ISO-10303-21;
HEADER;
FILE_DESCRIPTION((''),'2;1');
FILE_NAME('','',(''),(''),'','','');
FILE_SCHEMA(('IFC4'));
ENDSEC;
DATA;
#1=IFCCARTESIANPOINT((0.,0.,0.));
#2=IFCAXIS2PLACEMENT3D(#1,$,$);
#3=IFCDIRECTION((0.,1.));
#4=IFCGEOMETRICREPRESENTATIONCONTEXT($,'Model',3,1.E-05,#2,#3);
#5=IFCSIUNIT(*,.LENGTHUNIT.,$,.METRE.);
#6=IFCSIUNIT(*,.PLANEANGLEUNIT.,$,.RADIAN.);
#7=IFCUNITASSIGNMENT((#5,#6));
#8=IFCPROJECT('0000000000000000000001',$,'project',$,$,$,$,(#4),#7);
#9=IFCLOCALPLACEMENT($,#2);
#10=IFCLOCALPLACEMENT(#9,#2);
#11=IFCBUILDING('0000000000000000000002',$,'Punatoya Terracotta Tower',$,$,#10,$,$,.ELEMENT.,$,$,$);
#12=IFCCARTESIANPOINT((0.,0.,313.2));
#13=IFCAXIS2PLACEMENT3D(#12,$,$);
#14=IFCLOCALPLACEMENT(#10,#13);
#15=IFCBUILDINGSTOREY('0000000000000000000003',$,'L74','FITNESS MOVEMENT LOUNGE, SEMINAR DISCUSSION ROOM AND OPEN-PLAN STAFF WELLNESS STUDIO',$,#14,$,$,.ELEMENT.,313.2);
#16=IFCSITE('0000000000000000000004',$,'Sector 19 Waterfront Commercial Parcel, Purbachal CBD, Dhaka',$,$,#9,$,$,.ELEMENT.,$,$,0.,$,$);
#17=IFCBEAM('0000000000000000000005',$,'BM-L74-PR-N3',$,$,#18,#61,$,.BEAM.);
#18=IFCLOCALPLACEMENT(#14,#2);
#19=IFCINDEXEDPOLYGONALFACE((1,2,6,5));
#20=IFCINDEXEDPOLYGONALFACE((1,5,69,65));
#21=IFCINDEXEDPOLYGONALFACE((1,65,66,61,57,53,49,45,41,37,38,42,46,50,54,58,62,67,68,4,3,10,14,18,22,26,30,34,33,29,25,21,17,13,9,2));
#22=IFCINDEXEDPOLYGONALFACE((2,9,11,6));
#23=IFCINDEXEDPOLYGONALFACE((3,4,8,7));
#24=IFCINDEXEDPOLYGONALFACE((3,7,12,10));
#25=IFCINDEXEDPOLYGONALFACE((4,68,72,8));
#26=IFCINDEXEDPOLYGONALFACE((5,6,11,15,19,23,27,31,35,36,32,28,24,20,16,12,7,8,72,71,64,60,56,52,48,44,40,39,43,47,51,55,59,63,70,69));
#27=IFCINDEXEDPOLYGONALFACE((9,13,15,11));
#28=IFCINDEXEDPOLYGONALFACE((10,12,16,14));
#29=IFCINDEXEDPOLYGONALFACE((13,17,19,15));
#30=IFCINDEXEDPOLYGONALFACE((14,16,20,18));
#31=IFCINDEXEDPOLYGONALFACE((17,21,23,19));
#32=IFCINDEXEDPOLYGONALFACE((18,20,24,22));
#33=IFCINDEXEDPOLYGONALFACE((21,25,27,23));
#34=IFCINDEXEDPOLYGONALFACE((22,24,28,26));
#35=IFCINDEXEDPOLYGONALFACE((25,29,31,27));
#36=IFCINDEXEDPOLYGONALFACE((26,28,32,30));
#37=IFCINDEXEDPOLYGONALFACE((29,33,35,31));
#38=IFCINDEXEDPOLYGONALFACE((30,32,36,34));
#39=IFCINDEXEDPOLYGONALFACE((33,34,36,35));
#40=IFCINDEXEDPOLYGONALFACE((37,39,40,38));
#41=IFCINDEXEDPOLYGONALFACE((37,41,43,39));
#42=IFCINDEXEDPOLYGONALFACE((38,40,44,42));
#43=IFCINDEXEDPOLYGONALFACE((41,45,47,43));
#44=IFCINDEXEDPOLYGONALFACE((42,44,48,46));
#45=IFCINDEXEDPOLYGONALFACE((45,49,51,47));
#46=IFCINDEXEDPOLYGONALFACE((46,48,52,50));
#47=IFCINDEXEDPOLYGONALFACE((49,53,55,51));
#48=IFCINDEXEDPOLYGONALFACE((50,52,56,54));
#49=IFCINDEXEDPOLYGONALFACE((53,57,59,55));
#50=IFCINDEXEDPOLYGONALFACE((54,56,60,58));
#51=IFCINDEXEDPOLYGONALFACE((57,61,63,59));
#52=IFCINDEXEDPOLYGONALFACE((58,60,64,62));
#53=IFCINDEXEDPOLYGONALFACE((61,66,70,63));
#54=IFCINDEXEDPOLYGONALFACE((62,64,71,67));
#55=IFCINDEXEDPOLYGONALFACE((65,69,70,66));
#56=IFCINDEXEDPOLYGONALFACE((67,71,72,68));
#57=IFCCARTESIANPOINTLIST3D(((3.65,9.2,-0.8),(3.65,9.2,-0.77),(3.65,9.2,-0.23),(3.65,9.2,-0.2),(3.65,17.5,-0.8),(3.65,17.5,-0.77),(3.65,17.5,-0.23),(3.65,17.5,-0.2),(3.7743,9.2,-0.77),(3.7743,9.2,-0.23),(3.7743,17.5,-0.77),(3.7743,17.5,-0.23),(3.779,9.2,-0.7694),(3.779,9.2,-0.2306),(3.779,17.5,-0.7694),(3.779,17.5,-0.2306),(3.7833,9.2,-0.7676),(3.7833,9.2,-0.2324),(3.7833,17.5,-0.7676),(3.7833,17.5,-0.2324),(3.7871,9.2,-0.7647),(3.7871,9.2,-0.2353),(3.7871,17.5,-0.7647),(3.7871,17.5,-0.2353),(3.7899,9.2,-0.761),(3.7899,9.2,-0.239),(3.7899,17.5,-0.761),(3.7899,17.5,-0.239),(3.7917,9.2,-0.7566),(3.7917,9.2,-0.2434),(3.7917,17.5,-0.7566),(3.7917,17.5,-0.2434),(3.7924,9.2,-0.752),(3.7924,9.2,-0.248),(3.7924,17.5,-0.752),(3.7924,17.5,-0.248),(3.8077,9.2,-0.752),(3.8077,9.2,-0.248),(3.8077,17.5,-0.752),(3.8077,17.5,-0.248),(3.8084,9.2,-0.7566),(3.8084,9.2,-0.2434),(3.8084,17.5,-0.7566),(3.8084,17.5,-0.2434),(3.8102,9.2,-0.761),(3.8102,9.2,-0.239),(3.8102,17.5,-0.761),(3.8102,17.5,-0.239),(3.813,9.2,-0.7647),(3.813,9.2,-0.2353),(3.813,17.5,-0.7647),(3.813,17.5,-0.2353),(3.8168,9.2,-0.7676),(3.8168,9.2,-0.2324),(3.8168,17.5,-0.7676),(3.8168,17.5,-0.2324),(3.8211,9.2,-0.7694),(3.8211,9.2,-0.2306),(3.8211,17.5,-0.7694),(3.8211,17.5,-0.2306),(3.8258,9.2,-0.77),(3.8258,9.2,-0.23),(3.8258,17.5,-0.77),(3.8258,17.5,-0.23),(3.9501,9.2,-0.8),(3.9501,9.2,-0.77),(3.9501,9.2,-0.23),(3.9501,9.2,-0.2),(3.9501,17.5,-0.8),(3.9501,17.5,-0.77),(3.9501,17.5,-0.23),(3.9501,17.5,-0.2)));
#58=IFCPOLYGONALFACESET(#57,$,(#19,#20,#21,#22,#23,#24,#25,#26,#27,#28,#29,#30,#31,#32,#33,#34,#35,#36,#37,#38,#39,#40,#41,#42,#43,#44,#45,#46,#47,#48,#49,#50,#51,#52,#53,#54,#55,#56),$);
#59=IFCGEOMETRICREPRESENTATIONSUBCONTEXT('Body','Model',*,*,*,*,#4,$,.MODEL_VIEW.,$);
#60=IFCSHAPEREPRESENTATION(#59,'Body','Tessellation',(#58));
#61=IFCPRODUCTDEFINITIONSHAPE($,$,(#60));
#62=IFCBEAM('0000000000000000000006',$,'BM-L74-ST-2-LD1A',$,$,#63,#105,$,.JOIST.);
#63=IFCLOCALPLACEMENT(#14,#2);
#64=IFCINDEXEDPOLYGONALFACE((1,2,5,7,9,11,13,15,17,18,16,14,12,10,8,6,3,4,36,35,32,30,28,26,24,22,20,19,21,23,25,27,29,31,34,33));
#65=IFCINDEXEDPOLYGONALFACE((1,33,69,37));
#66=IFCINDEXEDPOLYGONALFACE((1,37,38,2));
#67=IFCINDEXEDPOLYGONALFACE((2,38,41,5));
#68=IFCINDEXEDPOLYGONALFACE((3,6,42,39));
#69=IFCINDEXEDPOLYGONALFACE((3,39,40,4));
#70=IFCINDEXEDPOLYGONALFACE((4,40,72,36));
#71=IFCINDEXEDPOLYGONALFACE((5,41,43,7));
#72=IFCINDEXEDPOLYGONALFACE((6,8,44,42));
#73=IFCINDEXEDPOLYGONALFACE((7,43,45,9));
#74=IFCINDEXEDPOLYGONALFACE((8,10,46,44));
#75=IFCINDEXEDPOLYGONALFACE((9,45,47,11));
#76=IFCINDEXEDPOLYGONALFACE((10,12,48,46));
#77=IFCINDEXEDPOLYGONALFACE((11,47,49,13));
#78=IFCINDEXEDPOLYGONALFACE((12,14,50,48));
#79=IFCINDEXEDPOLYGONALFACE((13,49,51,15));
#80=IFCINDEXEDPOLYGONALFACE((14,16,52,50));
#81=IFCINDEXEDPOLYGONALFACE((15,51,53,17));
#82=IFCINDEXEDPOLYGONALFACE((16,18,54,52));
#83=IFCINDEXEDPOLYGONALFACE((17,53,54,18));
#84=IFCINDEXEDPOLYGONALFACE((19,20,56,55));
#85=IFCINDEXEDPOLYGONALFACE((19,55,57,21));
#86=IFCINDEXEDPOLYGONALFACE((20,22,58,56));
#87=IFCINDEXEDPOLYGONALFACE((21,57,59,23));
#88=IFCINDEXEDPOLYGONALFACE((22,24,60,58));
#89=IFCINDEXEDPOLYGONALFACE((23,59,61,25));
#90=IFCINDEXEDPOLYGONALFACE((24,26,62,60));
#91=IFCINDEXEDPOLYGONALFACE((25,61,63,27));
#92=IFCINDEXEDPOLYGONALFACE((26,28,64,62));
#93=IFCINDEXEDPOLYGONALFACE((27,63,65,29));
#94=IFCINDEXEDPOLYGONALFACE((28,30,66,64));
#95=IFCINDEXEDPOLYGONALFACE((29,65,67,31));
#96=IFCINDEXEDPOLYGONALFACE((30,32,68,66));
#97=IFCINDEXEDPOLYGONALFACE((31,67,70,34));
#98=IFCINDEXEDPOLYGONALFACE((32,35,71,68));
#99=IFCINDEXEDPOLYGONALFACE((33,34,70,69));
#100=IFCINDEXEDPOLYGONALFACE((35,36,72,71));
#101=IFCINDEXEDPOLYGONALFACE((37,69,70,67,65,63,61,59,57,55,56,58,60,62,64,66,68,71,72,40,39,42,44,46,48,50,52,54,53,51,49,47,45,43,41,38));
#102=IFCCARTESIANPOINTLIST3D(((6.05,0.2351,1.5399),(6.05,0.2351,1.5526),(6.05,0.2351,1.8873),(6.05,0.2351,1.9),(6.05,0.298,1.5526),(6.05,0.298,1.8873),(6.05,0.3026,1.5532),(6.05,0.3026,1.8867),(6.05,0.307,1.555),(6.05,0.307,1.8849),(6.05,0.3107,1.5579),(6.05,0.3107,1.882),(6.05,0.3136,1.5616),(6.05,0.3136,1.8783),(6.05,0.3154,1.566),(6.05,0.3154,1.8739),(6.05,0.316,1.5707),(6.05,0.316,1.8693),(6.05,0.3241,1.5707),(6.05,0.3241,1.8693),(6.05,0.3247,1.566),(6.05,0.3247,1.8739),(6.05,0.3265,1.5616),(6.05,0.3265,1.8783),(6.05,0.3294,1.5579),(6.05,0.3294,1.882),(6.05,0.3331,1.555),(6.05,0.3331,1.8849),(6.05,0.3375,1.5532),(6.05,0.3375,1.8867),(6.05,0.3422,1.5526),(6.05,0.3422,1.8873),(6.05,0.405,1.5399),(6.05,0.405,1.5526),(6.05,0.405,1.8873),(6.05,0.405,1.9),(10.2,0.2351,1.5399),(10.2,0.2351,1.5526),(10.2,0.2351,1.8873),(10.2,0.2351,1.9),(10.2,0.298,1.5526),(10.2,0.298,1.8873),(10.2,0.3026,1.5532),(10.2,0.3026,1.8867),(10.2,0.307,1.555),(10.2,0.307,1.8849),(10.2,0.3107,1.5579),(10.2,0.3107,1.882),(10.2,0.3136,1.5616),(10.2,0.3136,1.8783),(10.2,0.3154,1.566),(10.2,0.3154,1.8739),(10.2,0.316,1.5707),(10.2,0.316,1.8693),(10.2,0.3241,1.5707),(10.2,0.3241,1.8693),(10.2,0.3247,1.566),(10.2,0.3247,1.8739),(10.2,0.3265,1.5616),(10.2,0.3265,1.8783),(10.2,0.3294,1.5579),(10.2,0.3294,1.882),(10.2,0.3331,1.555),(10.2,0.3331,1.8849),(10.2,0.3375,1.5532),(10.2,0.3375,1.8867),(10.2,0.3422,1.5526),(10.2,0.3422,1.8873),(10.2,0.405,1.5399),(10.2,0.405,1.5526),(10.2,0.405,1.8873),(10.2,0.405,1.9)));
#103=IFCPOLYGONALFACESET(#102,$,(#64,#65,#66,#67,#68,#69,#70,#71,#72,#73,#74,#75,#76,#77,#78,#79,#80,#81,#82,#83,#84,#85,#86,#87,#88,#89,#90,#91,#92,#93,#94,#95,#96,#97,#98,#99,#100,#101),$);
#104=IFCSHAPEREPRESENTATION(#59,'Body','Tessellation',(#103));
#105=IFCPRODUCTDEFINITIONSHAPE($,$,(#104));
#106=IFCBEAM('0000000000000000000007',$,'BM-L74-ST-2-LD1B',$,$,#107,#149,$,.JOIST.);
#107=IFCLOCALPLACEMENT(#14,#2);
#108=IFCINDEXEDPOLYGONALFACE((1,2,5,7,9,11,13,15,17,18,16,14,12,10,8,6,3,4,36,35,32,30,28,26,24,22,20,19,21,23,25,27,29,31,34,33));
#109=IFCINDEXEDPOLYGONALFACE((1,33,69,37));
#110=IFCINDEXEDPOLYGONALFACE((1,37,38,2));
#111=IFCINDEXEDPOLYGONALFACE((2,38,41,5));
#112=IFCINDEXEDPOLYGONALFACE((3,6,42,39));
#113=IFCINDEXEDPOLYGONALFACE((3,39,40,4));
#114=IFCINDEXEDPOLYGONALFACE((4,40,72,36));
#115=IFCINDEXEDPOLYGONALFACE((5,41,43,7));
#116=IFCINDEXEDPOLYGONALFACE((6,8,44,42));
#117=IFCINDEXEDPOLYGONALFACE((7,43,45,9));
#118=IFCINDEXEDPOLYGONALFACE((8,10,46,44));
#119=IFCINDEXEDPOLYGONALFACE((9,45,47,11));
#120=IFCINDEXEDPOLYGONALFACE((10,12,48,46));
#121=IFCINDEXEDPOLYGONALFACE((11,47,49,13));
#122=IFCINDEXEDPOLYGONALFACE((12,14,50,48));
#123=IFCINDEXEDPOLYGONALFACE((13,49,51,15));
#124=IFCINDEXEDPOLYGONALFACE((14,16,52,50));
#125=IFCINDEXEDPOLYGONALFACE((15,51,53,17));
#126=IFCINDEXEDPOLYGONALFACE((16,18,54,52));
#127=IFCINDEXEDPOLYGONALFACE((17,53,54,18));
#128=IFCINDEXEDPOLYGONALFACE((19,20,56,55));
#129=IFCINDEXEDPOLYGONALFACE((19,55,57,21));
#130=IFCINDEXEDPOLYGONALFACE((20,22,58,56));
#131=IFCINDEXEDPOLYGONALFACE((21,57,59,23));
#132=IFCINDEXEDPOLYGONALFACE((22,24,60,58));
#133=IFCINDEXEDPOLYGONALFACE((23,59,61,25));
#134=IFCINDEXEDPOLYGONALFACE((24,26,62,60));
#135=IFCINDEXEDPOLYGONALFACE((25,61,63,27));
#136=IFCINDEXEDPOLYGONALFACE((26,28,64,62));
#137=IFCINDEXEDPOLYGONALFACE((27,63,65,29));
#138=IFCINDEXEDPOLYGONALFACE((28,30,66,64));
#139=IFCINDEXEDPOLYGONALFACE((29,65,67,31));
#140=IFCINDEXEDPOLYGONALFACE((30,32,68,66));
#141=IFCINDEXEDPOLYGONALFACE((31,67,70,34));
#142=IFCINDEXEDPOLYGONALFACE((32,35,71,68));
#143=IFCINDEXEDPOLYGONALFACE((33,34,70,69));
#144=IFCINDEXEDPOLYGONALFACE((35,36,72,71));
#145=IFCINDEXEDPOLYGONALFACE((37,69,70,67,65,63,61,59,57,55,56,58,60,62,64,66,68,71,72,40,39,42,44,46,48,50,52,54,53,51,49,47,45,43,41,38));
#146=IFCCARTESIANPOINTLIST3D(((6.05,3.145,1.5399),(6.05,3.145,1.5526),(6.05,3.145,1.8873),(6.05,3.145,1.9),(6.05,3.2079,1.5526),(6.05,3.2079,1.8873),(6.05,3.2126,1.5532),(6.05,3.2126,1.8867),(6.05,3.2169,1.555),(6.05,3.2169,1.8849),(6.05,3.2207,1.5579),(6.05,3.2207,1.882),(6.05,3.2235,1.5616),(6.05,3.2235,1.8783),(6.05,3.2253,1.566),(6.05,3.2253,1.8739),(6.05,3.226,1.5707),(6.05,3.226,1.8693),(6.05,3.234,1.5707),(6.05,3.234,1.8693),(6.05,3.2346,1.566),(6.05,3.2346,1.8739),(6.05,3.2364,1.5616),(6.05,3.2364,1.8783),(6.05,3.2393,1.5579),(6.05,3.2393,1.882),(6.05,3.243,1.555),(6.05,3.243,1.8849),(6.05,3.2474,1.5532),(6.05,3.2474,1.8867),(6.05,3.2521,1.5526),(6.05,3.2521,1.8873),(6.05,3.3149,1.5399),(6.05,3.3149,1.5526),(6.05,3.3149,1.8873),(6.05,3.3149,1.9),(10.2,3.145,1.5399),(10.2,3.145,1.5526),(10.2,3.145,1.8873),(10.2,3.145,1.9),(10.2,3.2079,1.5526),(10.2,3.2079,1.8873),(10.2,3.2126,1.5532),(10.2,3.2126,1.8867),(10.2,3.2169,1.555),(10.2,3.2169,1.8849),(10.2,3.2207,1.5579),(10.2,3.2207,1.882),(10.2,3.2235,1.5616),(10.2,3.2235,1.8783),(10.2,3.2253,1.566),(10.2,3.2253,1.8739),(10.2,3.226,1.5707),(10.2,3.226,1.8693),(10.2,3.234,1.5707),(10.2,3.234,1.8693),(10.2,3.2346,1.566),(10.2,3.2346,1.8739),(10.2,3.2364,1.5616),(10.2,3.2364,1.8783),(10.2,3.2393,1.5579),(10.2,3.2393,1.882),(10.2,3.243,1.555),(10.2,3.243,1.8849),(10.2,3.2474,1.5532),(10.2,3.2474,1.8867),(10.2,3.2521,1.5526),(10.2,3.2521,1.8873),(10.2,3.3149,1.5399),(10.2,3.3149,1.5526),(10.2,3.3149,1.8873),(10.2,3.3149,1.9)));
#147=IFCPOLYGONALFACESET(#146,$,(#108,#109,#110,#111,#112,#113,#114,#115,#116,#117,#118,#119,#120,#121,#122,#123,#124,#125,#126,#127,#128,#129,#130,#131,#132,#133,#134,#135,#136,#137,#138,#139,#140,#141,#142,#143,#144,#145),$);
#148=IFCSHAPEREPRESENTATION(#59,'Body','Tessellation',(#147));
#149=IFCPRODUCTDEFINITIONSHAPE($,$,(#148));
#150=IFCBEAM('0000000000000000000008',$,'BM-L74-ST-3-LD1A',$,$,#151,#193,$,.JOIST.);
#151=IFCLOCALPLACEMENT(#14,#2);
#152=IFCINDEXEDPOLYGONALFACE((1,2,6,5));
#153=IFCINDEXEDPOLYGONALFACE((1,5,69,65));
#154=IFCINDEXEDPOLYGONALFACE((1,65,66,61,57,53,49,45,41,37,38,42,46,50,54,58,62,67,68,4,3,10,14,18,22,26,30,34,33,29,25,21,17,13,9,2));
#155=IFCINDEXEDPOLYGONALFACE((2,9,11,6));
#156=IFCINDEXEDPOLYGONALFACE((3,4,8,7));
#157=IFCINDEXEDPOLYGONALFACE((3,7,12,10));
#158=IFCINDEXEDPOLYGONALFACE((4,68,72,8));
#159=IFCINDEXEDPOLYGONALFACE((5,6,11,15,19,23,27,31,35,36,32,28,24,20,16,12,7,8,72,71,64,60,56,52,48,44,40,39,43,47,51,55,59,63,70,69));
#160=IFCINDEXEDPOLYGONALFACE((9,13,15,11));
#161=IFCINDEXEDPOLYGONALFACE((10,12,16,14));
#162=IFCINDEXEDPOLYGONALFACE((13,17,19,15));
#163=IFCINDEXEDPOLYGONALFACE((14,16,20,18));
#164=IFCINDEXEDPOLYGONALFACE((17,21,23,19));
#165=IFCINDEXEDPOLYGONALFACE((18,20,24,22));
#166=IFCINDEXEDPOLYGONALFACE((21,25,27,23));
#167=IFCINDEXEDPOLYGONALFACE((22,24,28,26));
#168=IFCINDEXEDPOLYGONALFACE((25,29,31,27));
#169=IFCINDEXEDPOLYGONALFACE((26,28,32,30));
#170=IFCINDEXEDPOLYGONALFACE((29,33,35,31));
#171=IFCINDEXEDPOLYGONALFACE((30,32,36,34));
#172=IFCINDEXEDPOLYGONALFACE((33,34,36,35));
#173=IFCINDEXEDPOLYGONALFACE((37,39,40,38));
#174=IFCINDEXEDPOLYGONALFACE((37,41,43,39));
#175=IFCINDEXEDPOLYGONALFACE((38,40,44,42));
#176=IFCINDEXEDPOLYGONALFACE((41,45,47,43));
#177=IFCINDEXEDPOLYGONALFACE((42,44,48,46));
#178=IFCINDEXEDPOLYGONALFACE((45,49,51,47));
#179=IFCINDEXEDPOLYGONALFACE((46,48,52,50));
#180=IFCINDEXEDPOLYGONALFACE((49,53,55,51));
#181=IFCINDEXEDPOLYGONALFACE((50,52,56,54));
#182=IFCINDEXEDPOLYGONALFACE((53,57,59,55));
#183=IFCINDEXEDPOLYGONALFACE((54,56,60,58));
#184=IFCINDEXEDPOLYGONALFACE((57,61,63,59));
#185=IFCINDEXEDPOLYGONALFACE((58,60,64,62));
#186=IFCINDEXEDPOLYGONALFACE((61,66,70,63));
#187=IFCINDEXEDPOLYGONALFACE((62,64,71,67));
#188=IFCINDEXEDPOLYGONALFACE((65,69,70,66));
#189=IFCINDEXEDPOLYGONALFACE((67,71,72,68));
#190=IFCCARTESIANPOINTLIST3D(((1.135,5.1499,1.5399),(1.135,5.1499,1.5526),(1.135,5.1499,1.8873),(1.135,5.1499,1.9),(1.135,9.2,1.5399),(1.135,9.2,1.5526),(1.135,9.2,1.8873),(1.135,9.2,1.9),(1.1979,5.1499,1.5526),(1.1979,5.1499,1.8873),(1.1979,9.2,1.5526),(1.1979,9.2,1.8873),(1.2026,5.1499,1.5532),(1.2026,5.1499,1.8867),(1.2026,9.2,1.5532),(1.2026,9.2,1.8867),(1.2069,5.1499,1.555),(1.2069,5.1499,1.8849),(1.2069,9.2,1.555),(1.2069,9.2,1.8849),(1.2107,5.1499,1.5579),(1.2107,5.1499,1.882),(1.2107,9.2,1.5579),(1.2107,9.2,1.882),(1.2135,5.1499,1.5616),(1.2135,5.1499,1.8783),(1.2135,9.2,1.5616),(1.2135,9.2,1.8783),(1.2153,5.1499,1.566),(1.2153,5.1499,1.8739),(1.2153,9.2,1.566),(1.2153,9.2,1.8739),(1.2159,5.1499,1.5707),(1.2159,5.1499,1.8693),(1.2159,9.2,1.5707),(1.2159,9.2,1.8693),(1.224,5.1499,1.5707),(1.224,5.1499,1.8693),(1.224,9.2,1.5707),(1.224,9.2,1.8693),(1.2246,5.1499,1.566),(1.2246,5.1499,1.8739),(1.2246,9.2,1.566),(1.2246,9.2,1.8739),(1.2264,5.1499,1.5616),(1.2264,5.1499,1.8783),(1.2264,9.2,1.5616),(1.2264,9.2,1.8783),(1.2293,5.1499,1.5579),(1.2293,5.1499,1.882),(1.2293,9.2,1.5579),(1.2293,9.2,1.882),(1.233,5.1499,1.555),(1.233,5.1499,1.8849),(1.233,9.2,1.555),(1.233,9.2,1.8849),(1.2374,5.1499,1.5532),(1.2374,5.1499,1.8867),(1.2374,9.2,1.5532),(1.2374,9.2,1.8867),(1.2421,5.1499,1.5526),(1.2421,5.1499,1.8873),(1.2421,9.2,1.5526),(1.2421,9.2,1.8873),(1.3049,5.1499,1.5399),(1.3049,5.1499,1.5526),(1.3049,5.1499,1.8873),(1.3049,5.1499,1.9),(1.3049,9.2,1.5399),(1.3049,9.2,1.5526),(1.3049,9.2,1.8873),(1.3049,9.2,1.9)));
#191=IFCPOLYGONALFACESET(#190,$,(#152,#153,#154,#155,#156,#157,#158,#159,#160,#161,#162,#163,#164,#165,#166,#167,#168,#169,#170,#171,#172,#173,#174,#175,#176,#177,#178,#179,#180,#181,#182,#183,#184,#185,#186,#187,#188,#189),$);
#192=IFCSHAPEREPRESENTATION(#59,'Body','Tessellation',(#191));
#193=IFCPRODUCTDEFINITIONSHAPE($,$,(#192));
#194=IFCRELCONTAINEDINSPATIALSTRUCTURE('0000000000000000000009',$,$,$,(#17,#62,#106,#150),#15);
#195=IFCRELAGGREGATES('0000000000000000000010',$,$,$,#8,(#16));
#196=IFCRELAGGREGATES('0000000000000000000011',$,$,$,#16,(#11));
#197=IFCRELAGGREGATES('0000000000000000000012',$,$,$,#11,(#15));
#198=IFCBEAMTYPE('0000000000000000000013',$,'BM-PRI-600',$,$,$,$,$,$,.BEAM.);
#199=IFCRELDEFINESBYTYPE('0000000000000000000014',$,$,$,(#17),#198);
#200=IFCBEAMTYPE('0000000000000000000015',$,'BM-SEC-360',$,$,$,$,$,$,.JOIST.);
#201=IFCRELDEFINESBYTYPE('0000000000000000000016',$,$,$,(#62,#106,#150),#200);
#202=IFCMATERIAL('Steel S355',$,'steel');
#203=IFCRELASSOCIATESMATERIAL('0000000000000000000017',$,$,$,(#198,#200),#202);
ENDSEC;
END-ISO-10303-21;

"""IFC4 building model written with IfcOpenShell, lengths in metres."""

from ifc_helpers import new_model, si_unit, direction, frame, origin, origin_2d, place, context, subcontext, project, spatial, i_section, extrude, material, material_profile, profile_set, type_object, element, save


model = new_model("IFC4")

# Units and contexts
model_context = context("Model", 3, precision=1e-05, world=origin(), true_north=direction((0.0, 1.0)))
body_context = subcontext(model_context, "Body", "Model", "MODEL_VIEW")
ifc_project = project(units=[si_unit("LENGTHUNIT", "METRE"), si_unit("PLANEANGLEUNIT", "RADIAN")], contexts=[model_context])

# Site, building, storey
site_placement = place(None, origin())
site = spatial("IfcSite", under=ifc_project, at=site_placement, Name="Sector 19 Waterfront Commercial Parcel, Purbachal CBD, Dhaka", CompositionType="ELEMENT", RefElevation=0.0)
building_placement = place(site_placement, origin())
building = spatial("IfcBuilding", under=site, at=building_placement, Name="Punatoya Terracotta Tower", CompositionType="ELEMENT")
storey_placement = place(building_placement, frame((0.0, 0.0, 313.2)))
storey = spatial("IfcBuildingStorey", under=building, at=storey_placement, Name="L74", Description="FITNESS MOVEMENT LOUNGE, SEMINAR DISCUSSION ROOM AND OPEN-PLAN STAFF WELLNESS STUDIO", CompositionType="ELEMENT", Elevation=313.2)

# Beams
ifc_material_1 = material(Name="Steel S355", Category="steel")
ifc_material_profile_1 = material_profile(ifc_material_1, i_section(OverallWidth=0.3, OverallDepth=0.6001, WebThickness=0.0154, FlangeThickness=0.03, FilletRadius=0.0181, at=origin_2d()))
ifc_profile_set_1 = profile_set([ifc_material_profile_1], Name="Steel S355")
beam_type_1 = type_object("IfcBeamType", Name="BM-PRI-600", PredefinedType="BEAM", material=ifc_profile_set_1)
beam_placement = place(storey_placement, frame((3.8, 9.2, -0.5), z_axis=(0.0, 1.0, 0.0), x_axis=(-1.0, 0.0, 0.0)))
element("IfcBeam", 1, at=beam_placement, inside=storey, type_object=beam_type_1, Name="BM-L74-PR-N3", PredefinedType="BEAM", context=body_context, shape_type="SweptSolid", body=[
    extrude(i_section(OverallWidth=0.3, OverallDepth=0.6001, WebThickness=0.0154, FlangeThickness=0.03, FilletRadius=0.0181, at=origin_2d()), origin(), (0.0, 0.0, 1.0), 8.3),
])
ifc_material_profile_2 = material_profile(ifc_material_1, i_section(OverallWidth=0.1699, OverallDepth=0.3601, WebThickness=0.0081, FlangeThickness=0.0127, FilletRadius=0.0181, at=origin_2d()))
ifc_profile_set_2 = profile_set([ifc_material_profile_2], Name="Steel S355")
beam_type_2 = type_object("IfcBeamType", Name="BM-SEC-360", PredefinedType="JOIST", material=ifc_profile_set_2)
for number, where, z_axis, x_axis, name in (
    (2, (6.05, 0.3201, 1.72), (1.0, 0.0, 0.0), (0.0, 1.0, 0.0), "BM-L74-ST-2-LD1A"),
    (3, (6.05, 3.23, 1.72), (1.0, 0.0, 0.0), (0.0, 1.0, 0.0), "BM-L74-ST-2-LD1B"),
):
    element("IfcBeam", number, at=place(storey_placement, frame(where, z_axis=z_axis, x_axis=x_axis)), inside=storey, type_object=beam_type_2, Name=name, PredefinedType="JOIST", context=body_context, shape_type="SweptSolid", body=[
        extrude(i_section(OverallWidth=0.1699, OverallDepth=0.3601, WebThickness=0.0081, FlangeThickness=0.0127, FilletRadius=0.0181, at=origin_2d()), origin(), (0.0, 0.0, 1.0), 4.1499),
    ])
for number, where, z_axis, x_axis, name in (
    (4, (1.22, 5.1499, 1.72), (0.0, 1.0, 0.0), (-1.0, 0.0, 0.0), "BM-L74-ST-3-LD1A"),
):
    element("IfcBeam", number, at=place(storey_placement, frame(where, z_axis=z_axis, x_axis=x_axis)), inside=storey, type_object=beam_type_2, Name=name, PredefinedType="JOIST", context=body_context, shape_type="SweptSolid", body=[
        extrude(i_section(OverallWidth=0.1699, OverallDepth=0.3601, WebThickness=0.0081, FlangeThickness=0.0127, FilletRadius=0.0181, at=origin_2d()), origin(), (0.0, 0.0, 1.0), 4.05),
    ])

save(model, "model.ifc")
